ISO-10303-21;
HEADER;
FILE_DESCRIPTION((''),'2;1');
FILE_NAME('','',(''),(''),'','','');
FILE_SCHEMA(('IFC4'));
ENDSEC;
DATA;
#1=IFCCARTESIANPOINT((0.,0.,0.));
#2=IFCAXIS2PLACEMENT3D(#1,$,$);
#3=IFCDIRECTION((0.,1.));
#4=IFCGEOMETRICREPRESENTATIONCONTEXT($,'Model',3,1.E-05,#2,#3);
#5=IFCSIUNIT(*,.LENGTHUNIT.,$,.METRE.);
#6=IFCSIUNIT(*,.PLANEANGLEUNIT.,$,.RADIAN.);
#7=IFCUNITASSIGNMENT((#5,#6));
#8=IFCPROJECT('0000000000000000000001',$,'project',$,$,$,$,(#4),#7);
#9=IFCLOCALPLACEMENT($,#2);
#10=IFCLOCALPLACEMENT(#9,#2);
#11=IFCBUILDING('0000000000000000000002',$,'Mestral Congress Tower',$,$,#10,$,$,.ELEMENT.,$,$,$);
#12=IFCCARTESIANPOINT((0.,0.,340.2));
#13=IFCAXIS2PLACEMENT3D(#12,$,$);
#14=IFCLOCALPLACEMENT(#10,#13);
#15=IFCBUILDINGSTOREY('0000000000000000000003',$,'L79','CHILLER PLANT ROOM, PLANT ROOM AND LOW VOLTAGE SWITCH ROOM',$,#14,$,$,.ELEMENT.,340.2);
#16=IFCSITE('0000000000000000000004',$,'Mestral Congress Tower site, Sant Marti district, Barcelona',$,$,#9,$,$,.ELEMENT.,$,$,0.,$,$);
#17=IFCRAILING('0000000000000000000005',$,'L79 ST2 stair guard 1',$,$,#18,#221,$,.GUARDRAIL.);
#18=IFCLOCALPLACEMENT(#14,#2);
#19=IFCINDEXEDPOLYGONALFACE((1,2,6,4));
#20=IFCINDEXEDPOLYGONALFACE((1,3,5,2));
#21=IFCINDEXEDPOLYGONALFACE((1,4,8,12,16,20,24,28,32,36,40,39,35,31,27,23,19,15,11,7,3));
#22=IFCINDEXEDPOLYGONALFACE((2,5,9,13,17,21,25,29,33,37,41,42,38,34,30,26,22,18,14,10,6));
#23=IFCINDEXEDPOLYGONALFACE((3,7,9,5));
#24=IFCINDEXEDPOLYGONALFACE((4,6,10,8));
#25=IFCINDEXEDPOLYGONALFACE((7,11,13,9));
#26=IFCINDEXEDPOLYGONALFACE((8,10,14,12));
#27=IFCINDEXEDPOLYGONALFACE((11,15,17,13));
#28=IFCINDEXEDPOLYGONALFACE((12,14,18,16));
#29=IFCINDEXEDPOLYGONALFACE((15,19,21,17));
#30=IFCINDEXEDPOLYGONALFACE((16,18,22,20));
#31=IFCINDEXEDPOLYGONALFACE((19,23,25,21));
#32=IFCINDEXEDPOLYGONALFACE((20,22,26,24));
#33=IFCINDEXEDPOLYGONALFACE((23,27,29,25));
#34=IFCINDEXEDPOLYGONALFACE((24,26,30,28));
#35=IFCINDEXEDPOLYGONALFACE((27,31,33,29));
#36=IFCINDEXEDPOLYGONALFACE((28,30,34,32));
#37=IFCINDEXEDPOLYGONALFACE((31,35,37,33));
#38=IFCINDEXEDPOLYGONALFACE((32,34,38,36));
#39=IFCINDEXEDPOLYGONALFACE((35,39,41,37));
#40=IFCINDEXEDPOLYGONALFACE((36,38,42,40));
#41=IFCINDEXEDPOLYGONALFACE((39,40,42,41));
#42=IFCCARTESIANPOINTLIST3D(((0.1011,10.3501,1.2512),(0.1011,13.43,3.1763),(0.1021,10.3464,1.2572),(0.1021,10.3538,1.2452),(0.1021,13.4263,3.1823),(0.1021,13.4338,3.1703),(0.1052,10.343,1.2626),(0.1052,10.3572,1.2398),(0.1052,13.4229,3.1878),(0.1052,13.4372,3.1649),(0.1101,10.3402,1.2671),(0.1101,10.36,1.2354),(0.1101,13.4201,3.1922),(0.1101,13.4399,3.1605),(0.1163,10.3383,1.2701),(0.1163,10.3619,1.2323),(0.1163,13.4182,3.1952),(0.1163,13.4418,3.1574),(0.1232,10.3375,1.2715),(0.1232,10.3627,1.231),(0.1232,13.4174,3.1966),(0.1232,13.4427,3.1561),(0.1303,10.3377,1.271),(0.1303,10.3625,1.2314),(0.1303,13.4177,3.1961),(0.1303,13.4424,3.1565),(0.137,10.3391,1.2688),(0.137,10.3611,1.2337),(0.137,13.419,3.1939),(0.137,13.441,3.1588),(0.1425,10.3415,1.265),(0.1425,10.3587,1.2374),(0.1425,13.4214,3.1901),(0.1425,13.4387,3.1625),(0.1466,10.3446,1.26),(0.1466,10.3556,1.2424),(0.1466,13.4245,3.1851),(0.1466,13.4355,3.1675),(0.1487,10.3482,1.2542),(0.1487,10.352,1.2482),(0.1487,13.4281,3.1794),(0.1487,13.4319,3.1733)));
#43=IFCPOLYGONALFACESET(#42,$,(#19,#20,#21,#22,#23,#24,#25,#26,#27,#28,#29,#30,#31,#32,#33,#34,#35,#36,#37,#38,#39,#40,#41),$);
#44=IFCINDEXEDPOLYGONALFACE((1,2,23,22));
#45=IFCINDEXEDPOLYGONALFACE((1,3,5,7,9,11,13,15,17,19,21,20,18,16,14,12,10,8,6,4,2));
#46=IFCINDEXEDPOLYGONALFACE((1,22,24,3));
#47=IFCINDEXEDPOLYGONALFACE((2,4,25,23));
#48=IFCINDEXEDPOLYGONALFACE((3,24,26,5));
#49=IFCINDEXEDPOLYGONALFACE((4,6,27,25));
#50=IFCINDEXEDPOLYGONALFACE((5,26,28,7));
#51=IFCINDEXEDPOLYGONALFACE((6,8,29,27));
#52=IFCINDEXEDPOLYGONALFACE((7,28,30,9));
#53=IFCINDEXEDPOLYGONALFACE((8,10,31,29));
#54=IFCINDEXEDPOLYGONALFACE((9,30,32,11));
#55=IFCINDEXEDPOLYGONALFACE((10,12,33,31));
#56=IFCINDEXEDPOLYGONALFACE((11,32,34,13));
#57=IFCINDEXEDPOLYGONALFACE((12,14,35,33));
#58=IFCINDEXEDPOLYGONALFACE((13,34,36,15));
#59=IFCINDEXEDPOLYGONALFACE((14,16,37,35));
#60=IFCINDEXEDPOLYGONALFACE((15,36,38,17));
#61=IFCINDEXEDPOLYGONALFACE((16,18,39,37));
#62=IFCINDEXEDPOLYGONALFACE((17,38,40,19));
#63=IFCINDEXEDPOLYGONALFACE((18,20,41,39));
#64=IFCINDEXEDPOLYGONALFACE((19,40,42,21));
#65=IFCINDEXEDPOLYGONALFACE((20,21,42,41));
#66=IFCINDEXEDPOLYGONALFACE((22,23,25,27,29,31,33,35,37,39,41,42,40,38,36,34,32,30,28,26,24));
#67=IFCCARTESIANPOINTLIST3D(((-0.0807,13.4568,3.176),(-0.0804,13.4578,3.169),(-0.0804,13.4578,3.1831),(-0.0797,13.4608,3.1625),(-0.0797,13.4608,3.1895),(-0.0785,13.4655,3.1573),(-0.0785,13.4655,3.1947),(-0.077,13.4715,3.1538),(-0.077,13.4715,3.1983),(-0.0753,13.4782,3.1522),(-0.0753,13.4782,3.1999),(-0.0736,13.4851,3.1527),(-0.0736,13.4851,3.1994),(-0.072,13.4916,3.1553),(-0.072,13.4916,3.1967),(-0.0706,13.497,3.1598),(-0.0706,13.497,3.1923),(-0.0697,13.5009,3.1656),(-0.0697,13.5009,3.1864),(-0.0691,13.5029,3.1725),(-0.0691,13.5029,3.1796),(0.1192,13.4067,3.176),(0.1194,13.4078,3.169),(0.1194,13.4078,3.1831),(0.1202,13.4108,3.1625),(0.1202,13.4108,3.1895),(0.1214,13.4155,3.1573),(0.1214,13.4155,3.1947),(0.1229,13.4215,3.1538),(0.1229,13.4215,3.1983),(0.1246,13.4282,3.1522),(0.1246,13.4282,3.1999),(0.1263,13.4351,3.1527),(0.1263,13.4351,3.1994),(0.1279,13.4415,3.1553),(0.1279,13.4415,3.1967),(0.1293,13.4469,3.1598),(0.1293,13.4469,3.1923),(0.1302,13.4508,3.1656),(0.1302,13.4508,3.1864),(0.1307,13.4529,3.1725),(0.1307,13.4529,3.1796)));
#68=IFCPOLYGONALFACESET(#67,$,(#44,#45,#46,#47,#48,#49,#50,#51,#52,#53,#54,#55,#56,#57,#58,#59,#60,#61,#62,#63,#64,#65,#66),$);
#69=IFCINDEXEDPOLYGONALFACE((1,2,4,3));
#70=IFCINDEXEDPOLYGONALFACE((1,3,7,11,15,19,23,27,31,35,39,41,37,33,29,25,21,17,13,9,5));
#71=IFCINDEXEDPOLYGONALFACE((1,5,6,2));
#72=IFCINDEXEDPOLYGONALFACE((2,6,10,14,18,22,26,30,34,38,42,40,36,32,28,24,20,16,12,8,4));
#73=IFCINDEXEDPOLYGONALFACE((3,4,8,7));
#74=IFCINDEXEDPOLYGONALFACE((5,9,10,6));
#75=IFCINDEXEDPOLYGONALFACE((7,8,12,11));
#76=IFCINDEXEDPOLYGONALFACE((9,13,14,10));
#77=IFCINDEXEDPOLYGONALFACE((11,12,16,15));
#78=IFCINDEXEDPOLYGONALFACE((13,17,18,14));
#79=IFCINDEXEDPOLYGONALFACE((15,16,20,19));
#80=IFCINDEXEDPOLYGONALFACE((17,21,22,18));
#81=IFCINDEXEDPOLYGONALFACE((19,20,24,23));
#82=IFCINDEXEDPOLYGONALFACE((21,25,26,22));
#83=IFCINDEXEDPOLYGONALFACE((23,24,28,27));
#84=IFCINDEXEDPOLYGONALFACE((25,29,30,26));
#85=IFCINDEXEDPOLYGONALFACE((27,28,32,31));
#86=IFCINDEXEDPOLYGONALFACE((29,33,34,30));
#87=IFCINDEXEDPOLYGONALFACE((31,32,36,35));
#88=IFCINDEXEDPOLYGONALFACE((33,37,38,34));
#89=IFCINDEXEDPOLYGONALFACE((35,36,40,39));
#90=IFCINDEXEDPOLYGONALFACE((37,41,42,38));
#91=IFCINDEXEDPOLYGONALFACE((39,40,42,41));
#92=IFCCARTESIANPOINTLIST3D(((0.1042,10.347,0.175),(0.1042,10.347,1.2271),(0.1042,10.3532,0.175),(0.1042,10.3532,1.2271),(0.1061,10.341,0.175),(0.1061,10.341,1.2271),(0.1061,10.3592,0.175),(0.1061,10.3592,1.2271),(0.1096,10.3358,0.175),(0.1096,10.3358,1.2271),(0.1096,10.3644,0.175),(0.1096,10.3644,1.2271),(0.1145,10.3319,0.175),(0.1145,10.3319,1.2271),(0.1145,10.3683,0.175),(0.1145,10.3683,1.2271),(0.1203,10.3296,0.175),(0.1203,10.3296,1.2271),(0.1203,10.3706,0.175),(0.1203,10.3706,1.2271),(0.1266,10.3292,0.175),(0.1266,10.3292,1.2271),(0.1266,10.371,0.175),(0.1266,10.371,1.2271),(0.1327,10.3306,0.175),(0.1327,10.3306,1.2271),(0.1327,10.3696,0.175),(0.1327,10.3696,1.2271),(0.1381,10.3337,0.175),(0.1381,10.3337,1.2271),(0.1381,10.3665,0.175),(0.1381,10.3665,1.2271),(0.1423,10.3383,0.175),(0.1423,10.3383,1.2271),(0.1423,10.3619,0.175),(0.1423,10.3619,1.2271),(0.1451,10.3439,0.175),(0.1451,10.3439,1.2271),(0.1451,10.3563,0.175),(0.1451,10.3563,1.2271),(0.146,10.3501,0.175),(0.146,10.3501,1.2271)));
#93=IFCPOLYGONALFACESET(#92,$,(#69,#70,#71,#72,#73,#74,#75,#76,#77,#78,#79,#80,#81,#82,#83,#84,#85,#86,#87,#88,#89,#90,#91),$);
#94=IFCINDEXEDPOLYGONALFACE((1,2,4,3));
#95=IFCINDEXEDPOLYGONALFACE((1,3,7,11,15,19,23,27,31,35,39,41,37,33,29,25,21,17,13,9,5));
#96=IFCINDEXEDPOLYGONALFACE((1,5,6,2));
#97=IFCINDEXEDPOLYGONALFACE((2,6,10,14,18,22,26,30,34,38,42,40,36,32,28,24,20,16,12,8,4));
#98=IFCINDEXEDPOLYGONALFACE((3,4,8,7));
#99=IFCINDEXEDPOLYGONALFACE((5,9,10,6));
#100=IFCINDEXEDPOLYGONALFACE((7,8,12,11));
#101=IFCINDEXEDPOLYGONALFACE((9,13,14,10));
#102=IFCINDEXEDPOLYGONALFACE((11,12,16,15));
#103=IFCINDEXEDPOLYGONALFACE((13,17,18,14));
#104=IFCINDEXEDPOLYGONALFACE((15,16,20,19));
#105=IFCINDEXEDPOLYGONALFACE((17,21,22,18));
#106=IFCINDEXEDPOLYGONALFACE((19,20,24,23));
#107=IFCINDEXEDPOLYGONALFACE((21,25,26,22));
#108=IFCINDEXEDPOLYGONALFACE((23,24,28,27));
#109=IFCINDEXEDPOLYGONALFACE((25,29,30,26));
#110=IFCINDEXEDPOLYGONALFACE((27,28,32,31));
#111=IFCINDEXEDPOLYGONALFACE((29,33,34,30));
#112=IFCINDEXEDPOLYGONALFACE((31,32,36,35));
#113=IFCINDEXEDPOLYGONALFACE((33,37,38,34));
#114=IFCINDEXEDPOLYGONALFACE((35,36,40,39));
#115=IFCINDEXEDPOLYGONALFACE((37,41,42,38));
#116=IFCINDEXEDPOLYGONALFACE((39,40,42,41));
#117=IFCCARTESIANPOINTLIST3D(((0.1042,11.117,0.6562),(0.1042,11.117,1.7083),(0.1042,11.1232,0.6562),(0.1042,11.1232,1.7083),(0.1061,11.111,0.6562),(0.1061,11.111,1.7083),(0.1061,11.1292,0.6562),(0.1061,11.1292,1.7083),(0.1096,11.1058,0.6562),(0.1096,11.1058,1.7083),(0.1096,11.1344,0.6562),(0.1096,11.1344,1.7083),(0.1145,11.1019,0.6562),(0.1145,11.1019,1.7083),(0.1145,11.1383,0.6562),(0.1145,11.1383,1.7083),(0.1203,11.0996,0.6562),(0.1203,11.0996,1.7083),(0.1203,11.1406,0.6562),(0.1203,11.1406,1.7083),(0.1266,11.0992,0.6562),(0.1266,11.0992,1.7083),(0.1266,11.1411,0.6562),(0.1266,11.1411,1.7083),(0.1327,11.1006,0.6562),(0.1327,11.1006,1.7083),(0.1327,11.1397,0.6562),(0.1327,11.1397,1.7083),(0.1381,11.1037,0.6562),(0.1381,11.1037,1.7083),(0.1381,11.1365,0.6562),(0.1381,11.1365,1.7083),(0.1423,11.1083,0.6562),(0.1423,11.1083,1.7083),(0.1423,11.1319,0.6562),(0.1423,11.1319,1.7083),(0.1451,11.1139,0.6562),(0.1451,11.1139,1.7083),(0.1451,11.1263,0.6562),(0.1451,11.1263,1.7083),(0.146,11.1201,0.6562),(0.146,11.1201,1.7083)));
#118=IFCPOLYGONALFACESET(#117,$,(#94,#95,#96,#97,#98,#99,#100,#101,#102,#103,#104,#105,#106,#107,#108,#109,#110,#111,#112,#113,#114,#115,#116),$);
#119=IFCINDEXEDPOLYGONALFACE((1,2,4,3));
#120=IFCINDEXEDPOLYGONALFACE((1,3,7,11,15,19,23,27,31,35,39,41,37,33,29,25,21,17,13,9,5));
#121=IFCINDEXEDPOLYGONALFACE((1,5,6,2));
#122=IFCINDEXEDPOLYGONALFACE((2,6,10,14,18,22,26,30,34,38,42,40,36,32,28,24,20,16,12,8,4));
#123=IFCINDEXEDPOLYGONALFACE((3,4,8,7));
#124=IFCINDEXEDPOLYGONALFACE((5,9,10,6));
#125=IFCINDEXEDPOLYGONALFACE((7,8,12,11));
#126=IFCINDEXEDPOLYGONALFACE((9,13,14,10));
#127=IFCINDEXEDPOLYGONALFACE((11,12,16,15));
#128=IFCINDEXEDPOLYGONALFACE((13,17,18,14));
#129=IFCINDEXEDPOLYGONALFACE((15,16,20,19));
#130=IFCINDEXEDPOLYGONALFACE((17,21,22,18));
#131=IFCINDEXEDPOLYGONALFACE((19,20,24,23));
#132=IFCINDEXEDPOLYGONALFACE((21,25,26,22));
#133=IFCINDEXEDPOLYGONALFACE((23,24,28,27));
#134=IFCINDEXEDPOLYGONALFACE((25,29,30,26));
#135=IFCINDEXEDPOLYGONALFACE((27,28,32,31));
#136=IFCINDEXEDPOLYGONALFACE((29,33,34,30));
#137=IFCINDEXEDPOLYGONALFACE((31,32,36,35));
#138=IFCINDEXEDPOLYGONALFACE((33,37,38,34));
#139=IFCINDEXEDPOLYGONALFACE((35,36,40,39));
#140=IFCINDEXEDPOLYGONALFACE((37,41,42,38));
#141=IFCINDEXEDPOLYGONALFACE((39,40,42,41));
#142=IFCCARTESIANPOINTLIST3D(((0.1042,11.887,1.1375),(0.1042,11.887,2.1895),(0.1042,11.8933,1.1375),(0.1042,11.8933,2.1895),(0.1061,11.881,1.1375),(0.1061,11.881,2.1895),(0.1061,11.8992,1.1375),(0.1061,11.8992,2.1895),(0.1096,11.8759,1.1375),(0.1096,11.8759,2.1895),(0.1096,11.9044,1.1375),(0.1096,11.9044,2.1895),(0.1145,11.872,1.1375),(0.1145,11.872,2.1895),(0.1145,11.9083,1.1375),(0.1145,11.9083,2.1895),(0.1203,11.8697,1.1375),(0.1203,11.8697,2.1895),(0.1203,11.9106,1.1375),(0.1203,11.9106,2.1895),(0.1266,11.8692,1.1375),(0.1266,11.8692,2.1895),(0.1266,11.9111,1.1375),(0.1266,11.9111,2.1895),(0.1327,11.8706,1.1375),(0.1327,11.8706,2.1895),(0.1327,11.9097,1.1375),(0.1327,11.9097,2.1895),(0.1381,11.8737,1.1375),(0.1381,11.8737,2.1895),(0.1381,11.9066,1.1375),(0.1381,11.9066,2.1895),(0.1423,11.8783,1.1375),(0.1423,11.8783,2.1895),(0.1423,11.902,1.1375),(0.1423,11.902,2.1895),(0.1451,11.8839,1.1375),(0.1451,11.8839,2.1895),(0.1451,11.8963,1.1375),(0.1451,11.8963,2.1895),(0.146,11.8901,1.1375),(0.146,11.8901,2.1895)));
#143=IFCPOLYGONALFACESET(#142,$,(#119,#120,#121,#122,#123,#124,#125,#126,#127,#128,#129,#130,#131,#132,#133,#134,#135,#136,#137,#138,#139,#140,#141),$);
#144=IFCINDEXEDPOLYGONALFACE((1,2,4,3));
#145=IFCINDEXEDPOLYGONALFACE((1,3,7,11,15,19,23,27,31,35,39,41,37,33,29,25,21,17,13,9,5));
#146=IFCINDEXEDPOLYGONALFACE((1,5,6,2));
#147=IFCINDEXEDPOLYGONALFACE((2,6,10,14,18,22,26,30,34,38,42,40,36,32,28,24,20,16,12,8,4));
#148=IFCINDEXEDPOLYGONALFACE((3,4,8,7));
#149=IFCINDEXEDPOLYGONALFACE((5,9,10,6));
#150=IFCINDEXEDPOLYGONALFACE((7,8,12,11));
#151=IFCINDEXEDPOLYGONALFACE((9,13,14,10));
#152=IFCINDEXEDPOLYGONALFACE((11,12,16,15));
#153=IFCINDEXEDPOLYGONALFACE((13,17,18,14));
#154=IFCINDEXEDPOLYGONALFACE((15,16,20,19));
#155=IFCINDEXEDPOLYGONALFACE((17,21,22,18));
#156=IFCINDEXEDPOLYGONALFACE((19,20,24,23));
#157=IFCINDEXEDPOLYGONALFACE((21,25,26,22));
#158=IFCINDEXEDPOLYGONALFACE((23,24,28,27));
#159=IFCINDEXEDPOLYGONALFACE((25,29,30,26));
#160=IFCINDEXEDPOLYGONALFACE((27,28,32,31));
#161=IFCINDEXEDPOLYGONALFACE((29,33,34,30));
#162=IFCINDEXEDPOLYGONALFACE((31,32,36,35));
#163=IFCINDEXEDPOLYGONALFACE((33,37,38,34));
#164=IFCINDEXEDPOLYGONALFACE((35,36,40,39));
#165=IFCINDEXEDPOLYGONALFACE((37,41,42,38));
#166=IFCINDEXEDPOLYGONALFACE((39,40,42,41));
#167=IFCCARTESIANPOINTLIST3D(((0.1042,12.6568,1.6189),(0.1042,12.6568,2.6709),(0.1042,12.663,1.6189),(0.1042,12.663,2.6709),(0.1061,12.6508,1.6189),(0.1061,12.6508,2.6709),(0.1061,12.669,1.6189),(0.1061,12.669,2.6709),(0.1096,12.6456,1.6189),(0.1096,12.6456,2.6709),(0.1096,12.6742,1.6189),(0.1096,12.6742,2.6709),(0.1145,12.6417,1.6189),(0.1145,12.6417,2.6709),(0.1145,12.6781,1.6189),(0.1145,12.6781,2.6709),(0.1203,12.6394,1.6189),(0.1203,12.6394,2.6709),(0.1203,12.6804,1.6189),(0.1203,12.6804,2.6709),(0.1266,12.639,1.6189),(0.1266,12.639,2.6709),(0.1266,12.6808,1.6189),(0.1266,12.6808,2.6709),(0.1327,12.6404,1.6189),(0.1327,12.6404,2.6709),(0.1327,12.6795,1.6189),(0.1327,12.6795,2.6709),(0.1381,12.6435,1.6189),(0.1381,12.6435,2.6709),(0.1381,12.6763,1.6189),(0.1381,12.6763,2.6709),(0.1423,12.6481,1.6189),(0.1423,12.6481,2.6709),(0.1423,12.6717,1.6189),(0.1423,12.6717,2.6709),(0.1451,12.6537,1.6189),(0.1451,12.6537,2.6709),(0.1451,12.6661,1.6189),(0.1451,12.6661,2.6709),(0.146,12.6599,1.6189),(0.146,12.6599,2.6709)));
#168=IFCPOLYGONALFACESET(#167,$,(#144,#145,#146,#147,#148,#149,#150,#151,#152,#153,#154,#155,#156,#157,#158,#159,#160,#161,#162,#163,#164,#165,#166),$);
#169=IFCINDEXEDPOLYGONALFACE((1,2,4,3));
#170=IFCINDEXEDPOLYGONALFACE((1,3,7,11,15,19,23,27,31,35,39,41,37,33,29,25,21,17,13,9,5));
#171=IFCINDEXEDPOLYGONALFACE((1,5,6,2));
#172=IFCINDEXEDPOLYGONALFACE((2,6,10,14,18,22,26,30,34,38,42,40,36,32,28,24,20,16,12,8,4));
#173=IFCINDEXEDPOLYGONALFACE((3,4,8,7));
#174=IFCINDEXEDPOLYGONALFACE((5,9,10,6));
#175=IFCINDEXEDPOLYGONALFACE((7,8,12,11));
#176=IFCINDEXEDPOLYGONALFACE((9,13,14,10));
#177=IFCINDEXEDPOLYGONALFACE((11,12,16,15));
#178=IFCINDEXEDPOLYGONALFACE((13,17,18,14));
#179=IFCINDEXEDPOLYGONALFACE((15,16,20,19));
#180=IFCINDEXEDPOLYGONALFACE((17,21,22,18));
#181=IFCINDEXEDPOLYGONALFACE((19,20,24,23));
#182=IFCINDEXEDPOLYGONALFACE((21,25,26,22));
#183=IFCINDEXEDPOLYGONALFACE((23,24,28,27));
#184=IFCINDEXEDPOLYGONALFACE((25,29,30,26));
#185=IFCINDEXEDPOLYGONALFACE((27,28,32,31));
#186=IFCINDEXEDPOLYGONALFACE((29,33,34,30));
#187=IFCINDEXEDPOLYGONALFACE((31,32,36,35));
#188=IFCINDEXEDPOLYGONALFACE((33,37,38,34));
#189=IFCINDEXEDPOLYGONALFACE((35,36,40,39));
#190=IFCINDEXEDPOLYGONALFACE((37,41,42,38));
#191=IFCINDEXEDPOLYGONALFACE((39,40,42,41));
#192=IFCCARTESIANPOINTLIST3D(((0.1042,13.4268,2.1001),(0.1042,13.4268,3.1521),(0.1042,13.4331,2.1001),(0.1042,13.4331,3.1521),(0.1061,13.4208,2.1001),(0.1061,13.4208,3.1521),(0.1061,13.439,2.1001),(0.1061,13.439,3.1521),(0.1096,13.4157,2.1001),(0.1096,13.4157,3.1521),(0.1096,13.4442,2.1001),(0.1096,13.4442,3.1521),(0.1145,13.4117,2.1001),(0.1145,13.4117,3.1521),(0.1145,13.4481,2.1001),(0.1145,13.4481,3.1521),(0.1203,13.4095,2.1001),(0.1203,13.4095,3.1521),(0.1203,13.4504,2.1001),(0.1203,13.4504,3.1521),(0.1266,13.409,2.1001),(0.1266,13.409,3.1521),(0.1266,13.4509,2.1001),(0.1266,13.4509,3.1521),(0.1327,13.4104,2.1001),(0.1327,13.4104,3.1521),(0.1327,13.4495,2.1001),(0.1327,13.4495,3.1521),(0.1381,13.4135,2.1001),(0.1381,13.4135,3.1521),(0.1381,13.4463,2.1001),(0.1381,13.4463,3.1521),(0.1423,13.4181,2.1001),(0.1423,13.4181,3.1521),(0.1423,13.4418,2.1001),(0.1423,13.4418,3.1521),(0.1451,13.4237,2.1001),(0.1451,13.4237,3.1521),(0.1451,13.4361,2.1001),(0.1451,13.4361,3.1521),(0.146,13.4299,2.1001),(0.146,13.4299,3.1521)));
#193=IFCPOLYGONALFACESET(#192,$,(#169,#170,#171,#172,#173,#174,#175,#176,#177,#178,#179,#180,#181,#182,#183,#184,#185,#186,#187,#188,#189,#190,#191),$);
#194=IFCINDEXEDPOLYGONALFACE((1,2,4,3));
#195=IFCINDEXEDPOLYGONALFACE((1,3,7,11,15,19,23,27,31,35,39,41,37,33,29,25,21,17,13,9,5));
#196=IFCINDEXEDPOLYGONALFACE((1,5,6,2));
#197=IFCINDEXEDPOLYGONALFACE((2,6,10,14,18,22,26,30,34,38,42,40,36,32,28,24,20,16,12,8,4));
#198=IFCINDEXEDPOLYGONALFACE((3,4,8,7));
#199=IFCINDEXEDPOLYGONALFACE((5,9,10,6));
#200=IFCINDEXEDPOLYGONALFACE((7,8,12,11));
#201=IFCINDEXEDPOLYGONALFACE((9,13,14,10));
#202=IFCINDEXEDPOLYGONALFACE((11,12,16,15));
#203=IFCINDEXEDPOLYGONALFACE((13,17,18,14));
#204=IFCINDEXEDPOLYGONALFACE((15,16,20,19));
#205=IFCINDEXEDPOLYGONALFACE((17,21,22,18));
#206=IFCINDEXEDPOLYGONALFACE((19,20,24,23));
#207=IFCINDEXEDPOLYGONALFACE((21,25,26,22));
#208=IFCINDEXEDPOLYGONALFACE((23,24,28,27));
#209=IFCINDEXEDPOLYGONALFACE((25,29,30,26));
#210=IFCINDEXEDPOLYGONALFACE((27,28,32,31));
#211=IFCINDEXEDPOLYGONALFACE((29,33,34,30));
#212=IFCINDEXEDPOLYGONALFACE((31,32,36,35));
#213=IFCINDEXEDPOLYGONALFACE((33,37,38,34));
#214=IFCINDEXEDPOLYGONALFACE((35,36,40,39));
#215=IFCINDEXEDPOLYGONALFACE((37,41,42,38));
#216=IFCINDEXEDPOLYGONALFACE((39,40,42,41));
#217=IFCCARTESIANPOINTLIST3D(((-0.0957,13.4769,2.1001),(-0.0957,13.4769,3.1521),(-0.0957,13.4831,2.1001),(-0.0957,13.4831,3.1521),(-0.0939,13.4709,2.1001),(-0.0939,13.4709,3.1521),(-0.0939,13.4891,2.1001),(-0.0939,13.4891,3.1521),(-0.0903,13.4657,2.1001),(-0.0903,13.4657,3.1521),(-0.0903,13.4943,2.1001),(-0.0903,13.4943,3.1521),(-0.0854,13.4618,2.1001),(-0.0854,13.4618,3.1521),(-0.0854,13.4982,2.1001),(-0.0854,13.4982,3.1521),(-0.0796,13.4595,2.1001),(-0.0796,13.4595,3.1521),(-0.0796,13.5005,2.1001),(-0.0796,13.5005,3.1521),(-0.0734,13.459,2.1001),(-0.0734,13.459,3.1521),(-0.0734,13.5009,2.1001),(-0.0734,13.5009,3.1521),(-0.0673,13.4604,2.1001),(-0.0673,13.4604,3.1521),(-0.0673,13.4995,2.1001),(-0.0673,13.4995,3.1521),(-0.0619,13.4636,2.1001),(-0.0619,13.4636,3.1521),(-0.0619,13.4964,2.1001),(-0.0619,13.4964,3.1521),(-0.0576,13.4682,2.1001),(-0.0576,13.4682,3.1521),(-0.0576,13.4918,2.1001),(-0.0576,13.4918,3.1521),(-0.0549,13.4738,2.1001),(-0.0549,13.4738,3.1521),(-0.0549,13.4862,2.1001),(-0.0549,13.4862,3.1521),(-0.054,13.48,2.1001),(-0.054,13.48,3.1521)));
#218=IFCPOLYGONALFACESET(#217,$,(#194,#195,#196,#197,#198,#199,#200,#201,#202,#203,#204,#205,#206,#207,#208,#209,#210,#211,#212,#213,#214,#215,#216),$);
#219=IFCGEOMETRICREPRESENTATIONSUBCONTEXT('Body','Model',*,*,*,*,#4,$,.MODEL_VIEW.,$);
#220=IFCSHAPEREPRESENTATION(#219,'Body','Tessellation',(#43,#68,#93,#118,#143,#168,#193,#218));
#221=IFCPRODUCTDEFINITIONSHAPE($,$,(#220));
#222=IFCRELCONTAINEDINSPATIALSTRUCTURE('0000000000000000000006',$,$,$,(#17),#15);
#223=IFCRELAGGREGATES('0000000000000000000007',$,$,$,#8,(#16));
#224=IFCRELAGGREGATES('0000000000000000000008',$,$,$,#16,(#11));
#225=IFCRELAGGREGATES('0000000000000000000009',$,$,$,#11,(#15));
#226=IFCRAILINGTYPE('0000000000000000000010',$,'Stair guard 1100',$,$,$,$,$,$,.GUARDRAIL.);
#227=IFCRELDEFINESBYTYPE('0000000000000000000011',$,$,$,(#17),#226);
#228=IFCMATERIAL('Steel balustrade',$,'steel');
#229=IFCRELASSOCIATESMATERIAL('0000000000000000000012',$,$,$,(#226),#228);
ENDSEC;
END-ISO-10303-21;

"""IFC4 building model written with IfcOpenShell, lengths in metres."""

from ifc_helpers import new_model, si_unit, direction, frame, origin, origin_2d, place, context, subcontext, project, spatial, circle, extrude, material, type_object, element, save


model = new_model("IFC4")

# Units and contexts
model_context = context("Model", 3, precision=1e-05, world=origin(), true_north=direction((0.0, 1.0)))
body_context = subcontext(model_context, "Body", "Model", "MODEL_VIEW")
ifc_project = project(units=[si_unit("LENGTHUNIT", "METRE"), si_unit("PLANEANGLEUNIT", "RADIAN")], contexts=[model_context])

# Site, building, storey
site_placement = place(None, origin())
site = spatial("IfcSite", under=ifc_project, at=site_placement, Name="Mestral Congress Tower site, Sant Marti district, Barcelona", CompositionType="ELEMENT", RefElevation=0.0)
building_placement = place(site_placement, origin())
building = spatial("IfcBuilding", under=site, at=building_placement, Name="Mestral Congress Tower", CompositionType="ELEMENT")
storey_placement = place(building_placement, frame((0.0, 0.0, 340.2)))
storey = spatial("IfcBuildingStorey", under=building, at=storey_placement, Name="L79", Description="CHILLER PLANT ROOM, PLANT ROOM AND LOW VOLTAGE SWITCH ROOM", CompositionType="ELEMENT", Elevation=340.2)

# Railing
ifc_material_1 = material(Name="Steel balustrade", Category="steel")
railing_type_1 = type_object("IfcRailingType", Name="Stair guard 1100", PredefinedType="GUARDRAIL", material=ifc_material_1)
railing_1_placement = place(storey_placement, frame((0.125, 10.3501, 0.175)))
element("IfcRailing", 1, at=railing_1_placement, inside=storey, type_object=railing_type_1, Name="L79 ST2 stair guard 1", PredefinedType="GUARDRAIL", context=body_context, shape_type="SweptSolid", body=[
    extrude(circle(Radius=0.0239, at=origin_2d()), frame((0.0, 0.0, 1.0762), z_axis=(0.0, 0.847979, 0.530029), x_axis=(-1.0, 0.0, 0.0)), (0.0, 0.0, 1.0), 3.6321),
    extrude(circle(Radius=0.0239, at=origin_2d()), frame((0.0, 3.0798, 3.001), z_axis=(-0.970073, 0.242814, 0.0), x_axis=(-0.242814, -0.970073, 0.0)), (0.0, 0.0, 1.0), 0.2061),
    extrude(circle(Radius=0.021, at=origin_2d()), origin(), (0.0, 0.0, 1.0), 1.052),
    extrude(circle(Radius=0.021, at=origin_2d()), frame((0.0, 0.77, 0.4812)), (0.0, 0.0, 1.0), 1.052),
    extrude(circle(Radius=0.021, at=origin_2d()), frame((0.0, 1.54, 0.9624)), (0.0, 0.0, 1.0), 1.052),
    extrude(circle(Radius=0.021, at=origin_2d()), frame((0.0, 2.3098, 1.4438)), (0.0, 0.0, 1.0), 1.052),
    extrude(circle(Radius=0.021, at=origin_2d()), frame((0.0, 3.0798, 1.925)), (0.0, 0.0, 1.0), 1.052),
    extrude(circle(Radius=0.021, at=origin_2d()), frame((-0.2, 3.1299, 1.925)), (0.0, 0.0, 1.0), 1.052),
])

save(model, "model.ifc")
